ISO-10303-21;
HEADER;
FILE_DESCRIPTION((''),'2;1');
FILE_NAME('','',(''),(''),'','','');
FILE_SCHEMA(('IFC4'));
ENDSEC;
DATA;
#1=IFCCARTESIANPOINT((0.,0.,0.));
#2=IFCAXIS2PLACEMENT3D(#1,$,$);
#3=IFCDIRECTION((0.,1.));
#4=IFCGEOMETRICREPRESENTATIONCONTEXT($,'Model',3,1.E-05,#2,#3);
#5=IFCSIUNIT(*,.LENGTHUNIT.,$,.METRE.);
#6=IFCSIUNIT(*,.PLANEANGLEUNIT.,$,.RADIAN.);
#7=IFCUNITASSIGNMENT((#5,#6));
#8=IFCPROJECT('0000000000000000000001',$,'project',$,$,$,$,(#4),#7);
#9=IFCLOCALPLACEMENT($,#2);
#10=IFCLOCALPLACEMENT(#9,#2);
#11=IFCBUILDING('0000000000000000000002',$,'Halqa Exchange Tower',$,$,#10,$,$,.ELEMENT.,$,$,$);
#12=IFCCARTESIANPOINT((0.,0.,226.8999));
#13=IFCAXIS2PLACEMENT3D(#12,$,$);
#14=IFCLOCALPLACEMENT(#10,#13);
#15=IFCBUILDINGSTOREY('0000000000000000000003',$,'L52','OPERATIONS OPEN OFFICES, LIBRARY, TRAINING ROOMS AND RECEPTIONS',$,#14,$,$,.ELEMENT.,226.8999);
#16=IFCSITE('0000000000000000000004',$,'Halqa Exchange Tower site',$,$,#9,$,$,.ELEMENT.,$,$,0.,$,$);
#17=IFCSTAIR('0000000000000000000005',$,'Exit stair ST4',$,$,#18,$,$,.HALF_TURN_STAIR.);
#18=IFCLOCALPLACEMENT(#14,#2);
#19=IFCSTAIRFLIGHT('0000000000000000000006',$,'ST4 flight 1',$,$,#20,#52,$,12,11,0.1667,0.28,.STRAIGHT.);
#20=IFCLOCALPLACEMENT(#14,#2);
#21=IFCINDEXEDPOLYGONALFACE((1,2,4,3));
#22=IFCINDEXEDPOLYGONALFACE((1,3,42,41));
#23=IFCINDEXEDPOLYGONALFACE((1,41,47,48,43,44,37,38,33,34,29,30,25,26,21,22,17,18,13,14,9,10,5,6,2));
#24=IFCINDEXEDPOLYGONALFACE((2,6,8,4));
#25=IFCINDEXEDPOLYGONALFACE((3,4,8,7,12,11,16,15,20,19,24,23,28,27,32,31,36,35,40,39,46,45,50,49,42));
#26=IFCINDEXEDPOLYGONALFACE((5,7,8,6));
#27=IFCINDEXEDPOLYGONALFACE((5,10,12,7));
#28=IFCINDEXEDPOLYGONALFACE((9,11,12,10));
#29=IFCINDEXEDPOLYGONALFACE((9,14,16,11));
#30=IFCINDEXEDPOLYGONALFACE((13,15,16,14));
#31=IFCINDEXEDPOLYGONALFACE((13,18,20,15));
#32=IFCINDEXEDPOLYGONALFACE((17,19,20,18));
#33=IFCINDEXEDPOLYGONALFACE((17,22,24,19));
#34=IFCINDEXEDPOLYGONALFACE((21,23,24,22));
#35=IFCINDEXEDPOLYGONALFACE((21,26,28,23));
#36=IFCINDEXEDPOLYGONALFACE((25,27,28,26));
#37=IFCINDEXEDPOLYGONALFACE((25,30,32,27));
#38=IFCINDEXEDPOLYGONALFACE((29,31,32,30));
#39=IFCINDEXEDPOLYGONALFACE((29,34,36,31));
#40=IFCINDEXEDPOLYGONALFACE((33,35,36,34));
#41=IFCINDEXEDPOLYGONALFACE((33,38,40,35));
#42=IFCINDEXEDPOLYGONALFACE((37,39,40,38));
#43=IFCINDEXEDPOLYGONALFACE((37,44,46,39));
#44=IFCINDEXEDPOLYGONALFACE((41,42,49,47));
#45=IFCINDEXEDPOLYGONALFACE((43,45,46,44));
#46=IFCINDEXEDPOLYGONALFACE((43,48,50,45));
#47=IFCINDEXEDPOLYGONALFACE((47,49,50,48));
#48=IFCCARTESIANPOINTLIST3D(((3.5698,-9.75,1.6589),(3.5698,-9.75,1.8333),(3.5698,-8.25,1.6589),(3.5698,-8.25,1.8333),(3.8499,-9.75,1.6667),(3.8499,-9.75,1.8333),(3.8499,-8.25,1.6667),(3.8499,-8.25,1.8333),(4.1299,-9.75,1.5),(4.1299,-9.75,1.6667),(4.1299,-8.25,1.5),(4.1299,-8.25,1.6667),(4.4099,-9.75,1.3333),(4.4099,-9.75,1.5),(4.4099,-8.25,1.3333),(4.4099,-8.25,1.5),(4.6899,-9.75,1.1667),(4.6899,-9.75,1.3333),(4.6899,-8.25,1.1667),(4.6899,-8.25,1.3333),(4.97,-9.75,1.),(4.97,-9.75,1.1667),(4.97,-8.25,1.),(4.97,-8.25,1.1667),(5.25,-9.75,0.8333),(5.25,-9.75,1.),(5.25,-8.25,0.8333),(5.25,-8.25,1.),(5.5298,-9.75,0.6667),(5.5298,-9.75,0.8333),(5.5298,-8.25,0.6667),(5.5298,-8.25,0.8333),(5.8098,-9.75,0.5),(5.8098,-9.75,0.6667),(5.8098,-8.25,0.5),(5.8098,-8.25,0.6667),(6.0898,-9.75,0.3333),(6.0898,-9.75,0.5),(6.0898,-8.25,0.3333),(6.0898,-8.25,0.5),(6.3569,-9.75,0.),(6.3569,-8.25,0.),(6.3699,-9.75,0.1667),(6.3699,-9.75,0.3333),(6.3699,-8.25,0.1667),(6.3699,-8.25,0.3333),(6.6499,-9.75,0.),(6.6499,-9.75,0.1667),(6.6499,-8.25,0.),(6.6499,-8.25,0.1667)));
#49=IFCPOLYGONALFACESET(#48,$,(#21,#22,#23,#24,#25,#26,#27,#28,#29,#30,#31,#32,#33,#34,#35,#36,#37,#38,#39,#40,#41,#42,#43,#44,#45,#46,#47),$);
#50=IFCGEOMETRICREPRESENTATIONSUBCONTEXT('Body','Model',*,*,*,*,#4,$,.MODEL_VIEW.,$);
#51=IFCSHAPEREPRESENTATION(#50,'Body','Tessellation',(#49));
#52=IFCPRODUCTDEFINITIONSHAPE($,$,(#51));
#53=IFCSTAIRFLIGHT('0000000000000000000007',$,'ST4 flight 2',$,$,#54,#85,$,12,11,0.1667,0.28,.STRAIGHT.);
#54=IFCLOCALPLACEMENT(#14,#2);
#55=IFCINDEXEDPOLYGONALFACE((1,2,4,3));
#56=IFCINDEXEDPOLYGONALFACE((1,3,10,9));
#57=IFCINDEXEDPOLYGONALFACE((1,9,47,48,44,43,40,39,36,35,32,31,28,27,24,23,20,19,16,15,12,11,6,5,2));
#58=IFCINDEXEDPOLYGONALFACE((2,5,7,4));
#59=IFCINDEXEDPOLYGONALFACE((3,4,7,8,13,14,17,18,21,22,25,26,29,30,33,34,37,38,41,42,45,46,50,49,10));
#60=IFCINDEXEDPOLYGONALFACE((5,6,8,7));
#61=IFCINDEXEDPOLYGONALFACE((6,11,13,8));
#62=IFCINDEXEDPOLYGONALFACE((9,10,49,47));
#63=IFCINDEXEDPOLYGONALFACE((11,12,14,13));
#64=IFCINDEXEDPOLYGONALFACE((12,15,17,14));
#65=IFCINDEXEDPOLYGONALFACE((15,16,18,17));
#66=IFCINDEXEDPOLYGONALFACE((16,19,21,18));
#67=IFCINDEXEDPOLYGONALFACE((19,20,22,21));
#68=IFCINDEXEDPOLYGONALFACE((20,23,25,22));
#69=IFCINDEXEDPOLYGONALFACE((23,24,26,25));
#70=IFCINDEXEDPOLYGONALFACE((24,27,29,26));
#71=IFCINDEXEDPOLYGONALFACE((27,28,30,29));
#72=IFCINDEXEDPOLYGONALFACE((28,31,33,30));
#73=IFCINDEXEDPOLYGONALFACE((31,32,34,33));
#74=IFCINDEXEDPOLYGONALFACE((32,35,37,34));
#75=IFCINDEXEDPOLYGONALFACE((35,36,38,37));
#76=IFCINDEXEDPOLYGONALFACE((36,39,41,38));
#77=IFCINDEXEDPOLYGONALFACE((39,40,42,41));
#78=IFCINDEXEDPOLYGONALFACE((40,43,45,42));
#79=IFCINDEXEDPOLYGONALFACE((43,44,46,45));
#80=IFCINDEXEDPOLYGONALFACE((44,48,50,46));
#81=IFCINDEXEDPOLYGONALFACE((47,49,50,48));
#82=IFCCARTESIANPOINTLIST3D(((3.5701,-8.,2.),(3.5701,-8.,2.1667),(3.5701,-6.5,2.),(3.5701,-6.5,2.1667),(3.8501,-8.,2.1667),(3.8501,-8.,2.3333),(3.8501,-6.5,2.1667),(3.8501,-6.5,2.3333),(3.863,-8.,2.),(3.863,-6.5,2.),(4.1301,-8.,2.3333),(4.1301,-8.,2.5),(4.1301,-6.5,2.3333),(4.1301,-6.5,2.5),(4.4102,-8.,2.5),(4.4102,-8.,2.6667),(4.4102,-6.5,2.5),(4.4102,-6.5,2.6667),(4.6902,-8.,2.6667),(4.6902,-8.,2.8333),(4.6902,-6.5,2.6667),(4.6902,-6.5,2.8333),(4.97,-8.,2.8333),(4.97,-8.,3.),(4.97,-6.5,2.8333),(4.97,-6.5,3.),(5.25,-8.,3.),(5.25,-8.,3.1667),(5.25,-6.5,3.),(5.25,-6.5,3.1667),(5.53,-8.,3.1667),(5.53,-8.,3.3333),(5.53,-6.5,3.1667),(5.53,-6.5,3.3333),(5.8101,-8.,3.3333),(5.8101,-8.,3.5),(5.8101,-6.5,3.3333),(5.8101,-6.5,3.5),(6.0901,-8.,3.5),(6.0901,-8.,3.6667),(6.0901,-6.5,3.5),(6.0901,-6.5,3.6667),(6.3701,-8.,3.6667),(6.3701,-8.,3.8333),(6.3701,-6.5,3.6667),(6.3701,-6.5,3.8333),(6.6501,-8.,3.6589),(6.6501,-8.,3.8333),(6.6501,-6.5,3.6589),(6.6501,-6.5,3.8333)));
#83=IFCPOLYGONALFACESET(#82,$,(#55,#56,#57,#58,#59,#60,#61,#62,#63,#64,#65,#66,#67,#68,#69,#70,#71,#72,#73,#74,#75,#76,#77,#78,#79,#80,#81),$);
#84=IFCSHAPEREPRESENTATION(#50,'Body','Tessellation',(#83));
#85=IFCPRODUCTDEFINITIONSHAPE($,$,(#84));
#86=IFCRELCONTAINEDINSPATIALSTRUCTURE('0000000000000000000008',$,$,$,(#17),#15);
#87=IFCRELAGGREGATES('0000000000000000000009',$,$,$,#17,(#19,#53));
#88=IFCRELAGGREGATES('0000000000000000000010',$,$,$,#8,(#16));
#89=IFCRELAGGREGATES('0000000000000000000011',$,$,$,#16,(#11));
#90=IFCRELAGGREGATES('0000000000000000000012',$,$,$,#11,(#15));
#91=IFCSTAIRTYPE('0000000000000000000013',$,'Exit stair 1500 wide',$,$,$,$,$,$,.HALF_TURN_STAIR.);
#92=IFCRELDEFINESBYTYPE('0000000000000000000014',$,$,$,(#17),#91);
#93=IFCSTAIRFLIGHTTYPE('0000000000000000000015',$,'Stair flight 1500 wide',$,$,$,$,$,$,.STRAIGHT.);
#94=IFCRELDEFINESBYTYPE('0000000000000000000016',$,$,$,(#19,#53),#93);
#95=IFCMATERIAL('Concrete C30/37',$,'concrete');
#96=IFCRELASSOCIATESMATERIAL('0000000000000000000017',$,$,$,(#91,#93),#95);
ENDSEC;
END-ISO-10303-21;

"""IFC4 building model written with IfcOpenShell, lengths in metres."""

from ifc_helpers import new_model, si_unit, direction, frame, origin, place, context, subcontext, project, spatial, polyline, outline, extrude, material, type_object, element, aggregate, save


model = new_model("IFC4")

# Units and contexts
model_context = context("Model", 3, precision=1e-05, world=origin(), true_north=direction((0.0, 1.0)))
body_context = subcontext(model_context, "Body", "Model", "MODEL_VIEW")
ifc_project = project(units=[si_unit("LENGTHUNIT", "METRE"), si_unit("PLANEANGLEUNIT", "RADIAN")], contexts=[model_context])

# Site, building, storey
site_placement = place(None, origin())
site = spatial("IfcSite", under=ifc_project, at=site_placement, Name="Halqa Exchange Tower site", CompositionType="ELEMENT", RefElevation=0.0)
building_placement = place(site_placement, origin())
building = spatial("IfcBuilding", under=site, at=building_placement, Name="Halqa Exchange Tower", CompositionType="ELEMENT")
storey_placement = place(building_placement, frame((0.0, 0.0, 226.8999)))
storey = spatial("IfcBuildingStorey", under=building, at=storey_placement, Name="L52", Description="OPERATIONS OPEN OFFICES, LIBRARY, TRAINING ROOMS AND RECEPTIONS", CompositionType="ELEMENT", Elevation=226.8999)

# Shared definitions
ifc_material_1 = material(Name="Concrete C30/37", Category="concrete")

# Stair, stair flights
stair_type = type_object("IfcStairType", Name="Exit stair 1500 wide", PredefinedType="HALF_TURN_STAIR", material=ifc_material_1)
stair_placement = place(storey_placement, origin())
stair = element("IfcStair", 1, at=stair_placement, inside=storey, type_object=stair_type, Name="Exit stair ST4", PredefinedType="HALF_TURN_STAIR")
stair_flight_type = type_object("IfcStairFlightType", Name="Stair flight 1500 wide", PredefinedType="STRAIGHT", material=ifc_material_1)
stair_flight_1_placement = place(storey_placement, frame((6.6499, -9.0, 0.0), z_axis=(0.0, 0.0, 1.0), x_axis=(-1.0, 0.0, 0.0)))
stair_flight_1 = element("IfcStairFlight", 2, at=stair_flight_1_placement, type_object=stair_flight_type, Name="ST4 flight 1", NumberOfRisers=12, NumberOfTreads=11, PredefinedType="STRAIGHT", RiserHeight=0.1667, TreadLength=0.28, context=body_context, shape_type="SweptSolid", body=[
    extrude(outline(polyline([(0.0, 0.0), (0.0, 0.1667), (0.28, 0.1667), (0.28, 0.3333), (0.5601, 0.3333), (0.5601, 0.5), (0.8401, 0.5), (0.8401, 0.6667), (1.1201, 0.6667), (1.1201, 0.8333), (1.3999, 0.8333), (1.3999, 1.0), (1.6799, 1.0), (1.6799, 1.1667), (1.96, 1.1667), (1.96, 1.3333), (2.24, 1.3333), (2.24, 1.5), (2.52, 1.5), (2.52, 1.6667), (2.8, 1.6667), (2.8, 1.8333), (3.0801, 1.8333), (3.0801, 2.0), (3.0801, 1.6589), (0.293, 0.0), (0.0, 0.0)])), frame((0.0, 0.75, 0.0), z_axis=(0.0, -1.0, 0.0), x_axis=(1.0, 0.0, 0.0)), (0.0, 0.0, 1.0), 1.5),
])
stair_flight_2_placement = place(storey_placement, frame((3.5701, -7.25, 2.0), z_axis=(0.0, 0.0, 1.0), x_axis=(1.0, 0.0, 0.0)))
stair_flight_2 = element("IfcStairFlight", 3, at=stair_flight_2_placement, type_object=stair_flight_type, Name="ST4 flight 2", NumberOfRisers=12, NumberOfTreads=11, PredefinedType="STRAIGHT", RiserHeight=0.1667, TreadLength=0.28, context=body_context, shape_type="SweptSolid", body=[
    extrude(outline(polyline([(0.0, 0.0), (0.0, 0.1667), (0.28, 0.1667), (0.28, 0.3333), (0.5601, 0.3333), (0.5601, 0.5), (0.8401, 0.5), (0.8401, 0.6667), (1.1201, 0.6667), (1.1201, 0.8333), (1.3999, 0.8333), (1.3999, 1.0), (1.6799, 1.0), (1.6799, 1.1667), (1.96, 1.1667), (1.96, 1.3333), (2.24, 1.3333), (2.24, 1.5), (2.52, 1.5), (2.52, 1.6667), (2.8, 1.6667), (2.8, 1.8333), (3.0801, 1.8333), (3.0801, 2.0), (3.0801, 1.6589), (0.293, 0.0), (0.0, 0.0)])), frame((0.0, 0.75, 0.0), z_axis=(0.0, -1.0, 0.0), x_axis=(1.0, 0.0, 0.0)), (0.0, 0.0, 1.0), 1.5),
])
aggregate(stair, [stair_flight_1, stair_flight_2])

save(model, "model.ifc")
